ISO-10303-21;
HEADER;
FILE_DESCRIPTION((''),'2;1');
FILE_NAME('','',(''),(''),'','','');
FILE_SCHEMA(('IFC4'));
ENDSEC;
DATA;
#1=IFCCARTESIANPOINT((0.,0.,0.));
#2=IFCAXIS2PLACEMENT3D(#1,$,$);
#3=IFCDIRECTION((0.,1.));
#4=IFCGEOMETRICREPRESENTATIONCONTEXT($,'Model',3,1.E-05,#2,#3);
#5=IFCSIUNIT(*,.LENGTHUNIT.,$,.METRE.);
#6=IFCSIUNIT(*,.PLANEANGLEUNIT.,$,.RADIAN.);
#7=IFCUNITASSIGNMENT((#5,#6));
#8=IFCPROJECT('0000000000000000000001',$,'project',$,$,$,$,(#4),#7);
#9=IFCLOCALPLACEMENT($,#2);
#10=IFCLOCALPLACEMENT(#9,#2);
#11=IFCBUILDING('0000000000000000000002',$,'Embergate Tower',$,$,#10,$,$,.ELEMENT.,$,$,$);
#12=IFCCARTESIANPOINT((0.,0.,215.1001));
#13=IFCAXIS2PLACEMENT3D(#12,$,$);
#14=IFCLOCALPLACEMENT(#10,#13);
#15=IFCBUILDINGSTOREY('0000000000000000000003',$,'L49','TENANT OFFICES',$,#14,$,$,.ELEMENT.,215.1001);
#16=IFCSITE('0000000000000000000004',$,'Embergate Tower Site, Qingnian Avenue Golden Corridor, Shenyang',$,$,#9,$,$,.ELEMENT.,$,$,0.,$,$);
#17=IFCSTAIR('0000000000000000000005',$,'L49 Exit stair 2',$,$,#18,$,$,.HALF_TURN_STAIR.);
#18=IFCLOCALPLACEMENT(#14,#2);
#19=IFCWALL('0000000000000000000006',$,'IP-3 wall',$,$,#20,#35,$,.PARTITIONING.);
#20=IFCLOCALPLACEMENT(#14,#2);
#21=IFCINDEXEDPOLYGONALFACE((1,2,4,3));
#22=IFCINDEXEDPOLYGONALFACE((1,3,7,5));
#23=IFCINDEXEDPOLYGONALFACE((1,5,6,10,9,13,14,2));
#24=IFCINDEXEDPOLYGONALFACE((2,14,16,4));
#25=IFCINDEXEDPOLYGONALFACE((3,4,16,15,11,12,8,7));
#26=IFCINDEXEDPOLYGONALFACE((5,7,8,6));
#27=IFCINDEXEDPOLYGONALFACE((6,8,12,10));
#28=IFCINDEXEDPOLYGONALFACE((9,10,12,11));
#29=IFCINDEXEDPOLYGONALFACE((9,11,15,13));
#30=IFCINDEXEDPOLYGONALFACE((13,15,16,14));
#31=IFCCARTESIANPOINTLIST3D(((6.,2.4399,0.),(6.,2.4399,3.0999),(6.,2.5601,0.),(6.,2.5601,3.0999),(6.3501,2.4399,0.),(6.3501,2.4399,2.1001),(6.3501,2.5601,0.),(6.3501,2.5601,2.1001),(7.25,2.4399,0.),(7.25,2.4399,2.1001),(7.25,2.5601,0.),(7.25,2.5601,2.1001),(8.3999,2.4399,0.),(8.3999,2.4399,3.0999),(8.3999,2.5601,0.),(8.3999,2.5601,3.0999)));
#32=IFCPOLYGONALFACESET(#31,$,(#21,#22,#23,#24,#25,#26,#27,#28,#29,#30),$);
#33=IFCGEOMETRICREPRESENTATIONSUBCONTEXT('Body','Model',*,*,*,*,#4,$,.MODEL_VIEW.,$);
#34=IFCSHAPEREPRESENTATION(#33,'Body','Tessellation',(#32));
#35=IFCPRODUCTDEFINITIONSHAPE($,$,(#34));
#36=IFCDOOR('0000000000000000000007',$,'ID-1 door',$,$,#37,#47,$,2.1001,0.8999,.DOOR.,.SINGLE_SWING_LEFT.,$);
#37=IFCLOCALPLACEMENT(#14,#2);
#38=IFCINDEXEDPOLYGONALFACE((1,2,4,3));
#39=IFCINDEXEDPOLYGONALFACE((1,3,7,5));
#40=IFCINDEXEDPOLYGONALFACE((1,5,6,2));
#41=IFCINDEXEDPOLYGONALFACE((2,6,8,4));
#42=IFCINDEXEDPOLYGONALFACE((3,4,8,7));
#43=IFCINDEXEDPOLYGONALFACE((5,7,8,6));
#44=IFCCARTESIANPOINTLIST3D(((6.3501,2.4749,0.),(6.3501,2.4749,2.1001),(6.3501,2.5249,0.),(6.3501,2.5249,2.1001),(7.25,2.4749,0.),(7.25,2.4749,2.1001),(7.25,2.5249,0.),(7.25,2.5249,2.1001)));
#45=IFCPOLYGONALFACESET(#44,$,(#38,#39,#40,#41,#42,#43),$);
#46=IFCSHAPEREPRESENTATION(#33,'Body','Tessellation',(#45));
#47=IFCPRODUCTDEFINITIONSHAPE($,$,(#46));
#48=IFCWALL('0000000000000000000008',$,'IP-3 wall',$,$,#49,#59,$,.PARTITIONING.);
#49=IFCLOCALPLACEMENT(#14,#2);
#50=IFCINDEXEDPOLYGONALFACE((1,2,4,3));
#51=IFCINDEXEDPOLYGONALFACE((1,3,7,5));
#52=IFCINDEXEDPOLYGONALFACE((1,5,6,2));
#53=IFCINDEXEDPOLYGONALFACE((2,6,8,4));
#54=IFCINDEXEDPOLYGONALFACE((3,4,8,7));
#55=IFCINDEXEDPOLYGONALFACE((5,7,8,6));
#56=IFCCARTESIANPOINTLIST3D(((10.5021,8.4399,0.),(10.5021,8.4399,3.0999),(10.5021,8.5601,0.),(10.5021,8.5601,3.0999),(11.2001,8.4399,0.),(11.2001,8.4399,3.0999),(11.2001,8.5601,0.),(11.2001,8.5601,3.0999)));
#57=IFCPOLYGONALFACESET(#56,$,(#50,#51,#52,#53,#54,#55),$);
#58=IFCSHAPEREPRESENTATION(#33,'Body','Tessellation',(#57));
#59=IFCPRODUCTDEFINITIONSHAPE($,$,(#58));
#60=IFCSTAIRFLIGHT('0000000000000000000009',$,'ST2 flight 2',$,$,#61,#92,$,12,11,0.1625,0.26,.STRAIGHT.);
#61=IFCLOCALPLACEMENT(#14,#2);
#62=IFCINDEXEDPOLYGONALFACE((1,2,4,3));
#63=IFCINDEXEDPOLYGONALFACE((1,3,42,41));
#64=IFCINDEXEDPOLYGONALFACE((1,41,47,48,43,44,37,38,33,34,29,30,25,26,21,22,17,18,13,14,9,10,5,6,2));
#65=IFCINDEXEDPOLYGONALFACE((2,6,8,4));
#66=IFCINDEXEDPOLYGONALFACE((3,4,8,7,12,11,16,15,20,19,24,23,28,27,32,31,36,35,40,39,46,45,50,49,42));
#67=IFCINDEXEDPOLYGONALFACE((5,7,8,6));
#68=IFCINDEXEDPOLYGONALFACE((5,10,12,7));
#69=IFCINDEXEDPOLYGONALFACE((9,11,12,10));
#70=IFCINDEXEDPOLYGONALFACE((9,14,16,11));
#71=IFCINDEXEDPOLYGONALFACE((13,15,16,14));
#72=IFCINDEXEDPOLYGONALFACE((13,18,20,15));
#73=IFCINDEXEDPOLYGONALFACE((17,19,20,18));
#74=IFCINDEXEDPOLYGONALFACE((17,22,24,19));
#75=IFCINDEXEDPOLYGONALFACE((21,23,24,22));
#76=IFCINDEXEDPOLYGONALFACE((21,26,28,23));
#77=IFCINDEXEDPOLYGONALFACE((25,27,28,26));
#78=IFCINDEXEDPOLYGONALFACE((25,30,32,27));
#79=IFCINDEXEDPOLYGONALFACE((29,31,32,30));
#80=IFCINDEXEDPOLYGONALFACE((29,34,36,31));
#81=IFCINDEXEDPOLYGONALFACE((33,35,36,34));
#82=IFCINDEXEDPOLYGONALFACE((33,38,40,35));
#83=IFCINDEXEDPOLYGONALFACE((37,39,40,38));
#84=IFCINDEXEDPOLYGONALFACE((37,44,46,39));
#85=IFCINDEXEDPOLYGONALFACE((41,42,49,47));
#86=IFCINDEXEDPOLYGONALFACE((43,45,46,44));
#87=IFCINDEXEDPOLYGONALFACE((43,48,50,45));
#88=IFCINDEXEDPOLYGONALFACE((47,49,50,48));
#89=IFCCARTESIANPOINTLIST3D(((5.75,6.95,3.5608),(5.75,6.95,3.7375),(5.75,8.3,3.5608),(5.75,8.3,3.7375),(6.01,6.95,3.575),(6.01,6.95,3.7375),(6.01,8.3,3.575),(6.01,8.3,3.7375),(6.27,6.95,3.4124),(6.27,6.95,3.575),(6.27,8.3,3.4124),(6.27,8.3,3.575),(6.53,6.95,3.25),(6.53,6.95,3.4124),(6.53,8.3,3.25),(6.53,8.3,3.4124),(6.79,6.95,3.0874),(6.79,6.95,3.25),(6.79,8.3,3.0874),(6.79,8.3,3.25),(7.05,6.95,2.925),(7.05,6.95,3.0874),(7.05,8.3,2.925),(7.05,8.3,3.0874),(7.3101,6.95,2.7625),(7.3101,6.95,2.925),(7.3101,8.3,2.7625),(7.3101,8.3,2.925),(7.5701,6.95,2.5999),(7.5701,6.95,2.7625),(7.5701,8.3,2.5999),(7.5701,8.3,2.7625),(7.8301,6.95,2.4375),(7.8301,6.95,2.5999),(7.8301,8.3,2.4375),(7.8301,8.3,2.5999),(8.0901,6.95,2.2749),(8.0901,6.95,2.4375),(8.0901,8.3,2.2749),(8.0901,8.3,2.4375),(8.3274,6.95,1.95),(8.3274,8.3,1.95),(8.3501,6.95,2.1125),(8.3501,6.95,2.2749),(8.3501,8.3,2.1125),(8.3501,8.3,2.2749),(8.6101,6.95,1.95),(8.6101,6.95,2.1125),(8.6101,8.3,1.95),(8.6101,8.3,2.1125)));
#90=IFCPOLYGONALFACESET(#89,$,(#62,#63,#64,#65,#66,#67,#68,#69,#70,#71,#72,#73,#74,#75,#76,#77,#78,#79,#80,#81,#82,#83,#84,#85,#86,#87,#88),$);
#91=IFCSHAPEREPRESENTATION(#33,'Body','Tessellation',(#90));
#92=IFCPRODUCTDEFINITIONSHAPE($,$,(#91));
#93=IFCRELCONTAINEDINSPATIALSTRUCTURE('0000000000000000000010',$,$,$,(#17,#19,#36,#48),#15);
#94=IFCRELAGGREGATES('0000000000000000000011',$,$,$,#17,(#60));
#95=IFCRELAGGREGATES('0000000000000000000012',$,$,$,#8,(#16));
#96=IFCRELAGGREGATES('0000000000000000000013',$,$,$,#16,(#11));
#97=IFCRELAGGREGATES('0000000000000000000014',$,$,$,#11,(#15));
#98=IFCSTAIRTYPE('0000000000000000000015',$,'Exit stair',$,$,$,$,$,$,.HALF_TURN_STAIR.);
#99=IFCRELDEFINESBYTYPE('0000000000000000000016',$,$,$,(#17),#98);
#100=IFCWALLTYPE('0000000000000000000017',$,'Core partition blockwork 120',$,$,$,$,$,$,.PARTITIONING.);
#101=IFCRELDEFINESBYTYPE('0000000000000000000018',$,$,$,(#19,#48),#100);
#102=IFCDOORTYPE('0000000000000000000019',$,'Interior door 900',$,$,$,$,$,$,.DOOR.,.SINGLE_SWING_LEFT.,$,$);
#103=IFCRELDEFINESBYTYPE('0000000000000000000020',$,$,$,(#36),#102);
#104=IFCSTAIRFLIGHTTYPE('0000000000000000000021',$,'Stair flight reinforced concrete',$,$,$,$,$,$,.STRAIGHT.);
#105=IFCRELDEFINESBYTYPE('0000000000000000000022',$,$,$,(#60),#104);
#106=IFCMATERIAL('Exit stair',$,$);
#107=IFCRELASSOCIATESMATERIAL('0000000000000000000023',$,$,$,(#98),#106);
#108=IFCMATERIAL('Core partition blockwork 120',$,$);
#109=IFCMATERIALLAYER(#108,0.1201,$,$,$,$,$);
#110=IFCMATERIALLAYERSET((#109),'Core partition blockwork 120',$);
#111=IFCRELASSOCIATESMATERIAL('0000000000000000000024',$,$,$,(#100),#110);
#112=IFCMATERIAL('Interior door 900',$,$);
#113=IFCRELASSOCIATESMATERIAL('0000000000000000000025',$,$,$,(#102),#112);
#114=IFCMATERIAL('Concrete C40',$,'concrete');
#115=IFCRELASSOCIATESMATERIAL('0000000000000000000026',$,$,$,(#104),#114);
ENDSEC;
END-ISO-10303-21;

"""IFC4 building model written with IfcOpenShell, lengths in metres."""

from ifc_helpers import new_model, si_unit, direction, frame, frame_2d, origin, place, context, subcontext, project, spatial, polyline, rectangle, outline, extrude, source, transform, mapped, material, layer, layer_set, type_object, element, fill, aggregate, save


model = new_model("IFC4")

# Units and contexts
model_context = context("Model", 3, precision=1e-05, world=origin(), true_north=direction((0.0, 1.0)))
body_context = subcontext(model_context, "Body", "Model", "MODEL_VIEW")
ifc_project = project(units=[si_unit("LENGTHUNIT", "METRE"), si_unit("PLANEANGLEUNIT", "RADIAN")], contexts=[model_context])

# Site, building, storey
site_placement = place(None, origin())
site = spatial("IfcSite", under=ifc_project, at=site_placement, Name="Embergate Tower Site, Qingnian Avenue Golden Corridor, Shenyang", CompositionType="ELEMENT", RefElevation=0.0)
building_placement = place(site_placement, origin())
building = spatial("IfcBuilding", under=site, at=building_placement, Name="Embergate Tower", CompositionType="ELEMENT")
storey_placement = place(building_placement, frame((0.0, 0.0, 215.1001)))
storey = spatial("IfcBuildingStorey", under=building, at=storey_placement, Name="L49", Description="TENANT OFFICES", CompositionType="ELEMENT", Elevation=215.1001)

# Stair
ifc_material_1 = material(Name="Exit stair")
stair_type = type_object("IfcStairType", Name="Exit stair", PredefinedType="HALF_TURN_STAIR", material=ifc_material_1)
stair_placement = place(storey_placement, origin())
stair = element("IfcStair", 1, at=stair_placement, inside=storey, type_object=stair_type, Name="L49 Exit stair 2", PredefinedType="HALF_TURN_STAIR")
ifc_material_2 = material(Name="Concrete C40", Category="concrete")

# Wall, opening, door
ifc_material_3 = material(Name="Core partition blockwork 120")
ifc_layer_1 = layer(ifc_material_3, 0.1201)
ifc_layer_set_1 = layer_set([ifc_layer_1], Name="Core partition blockwork 120")
wall_type_1 = type_object("IfcWallType", Name="Core partition blockwork 120", PredefinedType="PARTITIONING", material=ifc_layer_set_1)
shared_shape_1 = source(origin(), body_context, "Body", "SweptSolid", [
    extrude(rectangle(XDim=2.3999, YDim=0.1201, at=frame_2d((1.2, 0.0))), origin(), (0.0, 0.0, 1.0), 3.0999),
])
wall_1_placement = place(storey_placement, frame((6.0, 2.5, 0.0), z_axis=(0.0, 0.0, 1.0), x_axis=(1.0, 0.0, 0.0)))
wall_1 = element("IfcWall", 2, at=wall_1_placement, inside=storey, type_object=wall_type_1, Name="IP-3 wall", PredefinedType="PARTITIONING", context=body_context, shape_type="MappedRepresentation", body=[
    mapped(shared_shape_1, transform((0.0, 0.0, 0.0))),
])
shared_shape_2 = source(origin(), body_context, "Body", "SweptSolid", [
    extrude(rectangle(XDim=0.8999, YDim=2.1001, at=frame_2d((0.45, 1.05))), frame((0.0, 0.0701, 0.0), z_axis=(0.0, -1.0, 0.0), x_axis=(1.0, 0.0, 0.0)), (0.0, 0.0, 1.0), 0.1401),
])
opening_1_placement = place(wall_1_placement, frame((0.3501, 0.0, 0.0)))
opening_1 = element("IfcOpeningElement", 3, at=opening_1_placement, cuts=wall_1, PredefinedType="OPENING", context=body_context, shape_type="MappedRepresentation", body=[
    mapped(shared_shape_2, transform((0.0, 0.0, 0.0))),
])
ifc_material_4 = material(Name="Interior door 900")
door_type_1 = type_object("IfcDoorType", Name="Interior door 900", OperationType="SINGLE_SWING_LEFT", PredefinedType="DOOR", material=ifc_material_4)
shared_shape_3 = source(origin(), body_context, "Body", "SweptSolid", [
    extrude(rectangle(XDim=0.8999, YDim=2.1001, at=frame_2d((0.45, 1.05))), frame((0.0, 0.0249, 0.0), z_axis=(0.0, -1.0, 0.0), x_axis=(1.0, 0.0, 0.0)), (0.0, 0.0, 1.0), 0.05),
])
door_1_placement = place(opening_1_placement, origin())
door_1 = element("IfcDoor", 4, at=door_1_placement, inside=storey, type_object=door_type_1, Name="ID-1 door", OperationType="SINGLE_SWING_LEFT", OverallHeight=2.1001, OverallWidth=0.8999, PredefinedType="DOOR", context=body_context, shape_type="MappedRepresentation", body=[
    mapped(shared_shape_3, transform((0.0, 0.0, 0.0))),
])
fill(opening_1, door_1)

# Wall
shared_shape_4 = source(origin(), body_context, "Body", "SweptSolid", [
    extrude(rectangle(XDim=0.698, YDim=0.1201, at=frame_2d((0.3491, 0.0))), origin(), (0.0, 0.0, 1.0), 3.0999),
])
wall_2_placement = place(storey_placement, frame((10.502, 8.5, 0.0), z_axis=(0.0, 0.0, 1.0), x_axis=(1.0, 0.0, 0.0)))
element("IfcWall", 5, at=wall_2_placement, inside=storey, type_object=wall_type_1, Name="IP-3 wall", PredefinedType="PARTITIONING", context=body_context, shape_type="MappedRepresentation", body=[
    mapped(shared_shape_4, transform((0.0, 0.0, 0.0))),
])

# Stair flight
stair_flight_type = type_object("IfcStairFlightType", Name="Stair flight reinforced concrete", PredefinedType="STRAIGHT", material=ifc_material_2)
shared_shape_5 = source(origin(), body_context, "Body", "SweptSolid", [
    extrude(outline(polyline([(0.0, 0.0), (0.0, 0.1626), (0.26, 0.1626), (0.26, 0.325), (0.52, 0.325), (0.52, 0.4875), (0.78, 0.4875), (0.78, 0.6499), (1.04, 0.6499), (1.04, 0.8125), (1.3, 0.8125), (1.3, 0.9751), (1.5601, 0.9751), (1.5601, 1.1375), (1.8201, 1.1375), (1.8201, 1.3), (2.0801, 1.3), (2.0801, 1.4624), (2.3401, 1.4624), (2.3401, 1.625), (2.6001, 1.625), (2.6001, 1.7876), (2.8601, 1.7876), (2.8601, 1.95), (2.8601, 1.6108), (0.2827, 0.0), (0.0, 0.0)])), frame((0.0, 0.675, 0.0), z_axis=(0.0, -1.0, 0.0), x_axis=(1.0, 0.0, 0.0)), (0.0, 0.0, 1.0), 1.3501),
])
stair_flight_placement = place(storey_placement, frame((8.6101, 7.625, 1.95), z_axis=(0.0, 0.0, 1.0), x_axis=(-1.0, 0.0, 0.0)))
stair_flight = element("IfcStairFlight", 6, at=stair_flight_placement, type_object=stair_flight_type, Name="ST2 flight 2", NumberOfRisers=12, NumberOfTreads=11, PredefinedType="STRAIGHT", RiserHeight=0.1625, TreadLength=0.26, context=body_context, shape_type="MappedRepresentation", body=[
    mapped(shared_shape_5, transform((0.0, 0.0, 0.0))),
])
aggregate(stair, [stair_flight])

save(model, "model.ifc")
